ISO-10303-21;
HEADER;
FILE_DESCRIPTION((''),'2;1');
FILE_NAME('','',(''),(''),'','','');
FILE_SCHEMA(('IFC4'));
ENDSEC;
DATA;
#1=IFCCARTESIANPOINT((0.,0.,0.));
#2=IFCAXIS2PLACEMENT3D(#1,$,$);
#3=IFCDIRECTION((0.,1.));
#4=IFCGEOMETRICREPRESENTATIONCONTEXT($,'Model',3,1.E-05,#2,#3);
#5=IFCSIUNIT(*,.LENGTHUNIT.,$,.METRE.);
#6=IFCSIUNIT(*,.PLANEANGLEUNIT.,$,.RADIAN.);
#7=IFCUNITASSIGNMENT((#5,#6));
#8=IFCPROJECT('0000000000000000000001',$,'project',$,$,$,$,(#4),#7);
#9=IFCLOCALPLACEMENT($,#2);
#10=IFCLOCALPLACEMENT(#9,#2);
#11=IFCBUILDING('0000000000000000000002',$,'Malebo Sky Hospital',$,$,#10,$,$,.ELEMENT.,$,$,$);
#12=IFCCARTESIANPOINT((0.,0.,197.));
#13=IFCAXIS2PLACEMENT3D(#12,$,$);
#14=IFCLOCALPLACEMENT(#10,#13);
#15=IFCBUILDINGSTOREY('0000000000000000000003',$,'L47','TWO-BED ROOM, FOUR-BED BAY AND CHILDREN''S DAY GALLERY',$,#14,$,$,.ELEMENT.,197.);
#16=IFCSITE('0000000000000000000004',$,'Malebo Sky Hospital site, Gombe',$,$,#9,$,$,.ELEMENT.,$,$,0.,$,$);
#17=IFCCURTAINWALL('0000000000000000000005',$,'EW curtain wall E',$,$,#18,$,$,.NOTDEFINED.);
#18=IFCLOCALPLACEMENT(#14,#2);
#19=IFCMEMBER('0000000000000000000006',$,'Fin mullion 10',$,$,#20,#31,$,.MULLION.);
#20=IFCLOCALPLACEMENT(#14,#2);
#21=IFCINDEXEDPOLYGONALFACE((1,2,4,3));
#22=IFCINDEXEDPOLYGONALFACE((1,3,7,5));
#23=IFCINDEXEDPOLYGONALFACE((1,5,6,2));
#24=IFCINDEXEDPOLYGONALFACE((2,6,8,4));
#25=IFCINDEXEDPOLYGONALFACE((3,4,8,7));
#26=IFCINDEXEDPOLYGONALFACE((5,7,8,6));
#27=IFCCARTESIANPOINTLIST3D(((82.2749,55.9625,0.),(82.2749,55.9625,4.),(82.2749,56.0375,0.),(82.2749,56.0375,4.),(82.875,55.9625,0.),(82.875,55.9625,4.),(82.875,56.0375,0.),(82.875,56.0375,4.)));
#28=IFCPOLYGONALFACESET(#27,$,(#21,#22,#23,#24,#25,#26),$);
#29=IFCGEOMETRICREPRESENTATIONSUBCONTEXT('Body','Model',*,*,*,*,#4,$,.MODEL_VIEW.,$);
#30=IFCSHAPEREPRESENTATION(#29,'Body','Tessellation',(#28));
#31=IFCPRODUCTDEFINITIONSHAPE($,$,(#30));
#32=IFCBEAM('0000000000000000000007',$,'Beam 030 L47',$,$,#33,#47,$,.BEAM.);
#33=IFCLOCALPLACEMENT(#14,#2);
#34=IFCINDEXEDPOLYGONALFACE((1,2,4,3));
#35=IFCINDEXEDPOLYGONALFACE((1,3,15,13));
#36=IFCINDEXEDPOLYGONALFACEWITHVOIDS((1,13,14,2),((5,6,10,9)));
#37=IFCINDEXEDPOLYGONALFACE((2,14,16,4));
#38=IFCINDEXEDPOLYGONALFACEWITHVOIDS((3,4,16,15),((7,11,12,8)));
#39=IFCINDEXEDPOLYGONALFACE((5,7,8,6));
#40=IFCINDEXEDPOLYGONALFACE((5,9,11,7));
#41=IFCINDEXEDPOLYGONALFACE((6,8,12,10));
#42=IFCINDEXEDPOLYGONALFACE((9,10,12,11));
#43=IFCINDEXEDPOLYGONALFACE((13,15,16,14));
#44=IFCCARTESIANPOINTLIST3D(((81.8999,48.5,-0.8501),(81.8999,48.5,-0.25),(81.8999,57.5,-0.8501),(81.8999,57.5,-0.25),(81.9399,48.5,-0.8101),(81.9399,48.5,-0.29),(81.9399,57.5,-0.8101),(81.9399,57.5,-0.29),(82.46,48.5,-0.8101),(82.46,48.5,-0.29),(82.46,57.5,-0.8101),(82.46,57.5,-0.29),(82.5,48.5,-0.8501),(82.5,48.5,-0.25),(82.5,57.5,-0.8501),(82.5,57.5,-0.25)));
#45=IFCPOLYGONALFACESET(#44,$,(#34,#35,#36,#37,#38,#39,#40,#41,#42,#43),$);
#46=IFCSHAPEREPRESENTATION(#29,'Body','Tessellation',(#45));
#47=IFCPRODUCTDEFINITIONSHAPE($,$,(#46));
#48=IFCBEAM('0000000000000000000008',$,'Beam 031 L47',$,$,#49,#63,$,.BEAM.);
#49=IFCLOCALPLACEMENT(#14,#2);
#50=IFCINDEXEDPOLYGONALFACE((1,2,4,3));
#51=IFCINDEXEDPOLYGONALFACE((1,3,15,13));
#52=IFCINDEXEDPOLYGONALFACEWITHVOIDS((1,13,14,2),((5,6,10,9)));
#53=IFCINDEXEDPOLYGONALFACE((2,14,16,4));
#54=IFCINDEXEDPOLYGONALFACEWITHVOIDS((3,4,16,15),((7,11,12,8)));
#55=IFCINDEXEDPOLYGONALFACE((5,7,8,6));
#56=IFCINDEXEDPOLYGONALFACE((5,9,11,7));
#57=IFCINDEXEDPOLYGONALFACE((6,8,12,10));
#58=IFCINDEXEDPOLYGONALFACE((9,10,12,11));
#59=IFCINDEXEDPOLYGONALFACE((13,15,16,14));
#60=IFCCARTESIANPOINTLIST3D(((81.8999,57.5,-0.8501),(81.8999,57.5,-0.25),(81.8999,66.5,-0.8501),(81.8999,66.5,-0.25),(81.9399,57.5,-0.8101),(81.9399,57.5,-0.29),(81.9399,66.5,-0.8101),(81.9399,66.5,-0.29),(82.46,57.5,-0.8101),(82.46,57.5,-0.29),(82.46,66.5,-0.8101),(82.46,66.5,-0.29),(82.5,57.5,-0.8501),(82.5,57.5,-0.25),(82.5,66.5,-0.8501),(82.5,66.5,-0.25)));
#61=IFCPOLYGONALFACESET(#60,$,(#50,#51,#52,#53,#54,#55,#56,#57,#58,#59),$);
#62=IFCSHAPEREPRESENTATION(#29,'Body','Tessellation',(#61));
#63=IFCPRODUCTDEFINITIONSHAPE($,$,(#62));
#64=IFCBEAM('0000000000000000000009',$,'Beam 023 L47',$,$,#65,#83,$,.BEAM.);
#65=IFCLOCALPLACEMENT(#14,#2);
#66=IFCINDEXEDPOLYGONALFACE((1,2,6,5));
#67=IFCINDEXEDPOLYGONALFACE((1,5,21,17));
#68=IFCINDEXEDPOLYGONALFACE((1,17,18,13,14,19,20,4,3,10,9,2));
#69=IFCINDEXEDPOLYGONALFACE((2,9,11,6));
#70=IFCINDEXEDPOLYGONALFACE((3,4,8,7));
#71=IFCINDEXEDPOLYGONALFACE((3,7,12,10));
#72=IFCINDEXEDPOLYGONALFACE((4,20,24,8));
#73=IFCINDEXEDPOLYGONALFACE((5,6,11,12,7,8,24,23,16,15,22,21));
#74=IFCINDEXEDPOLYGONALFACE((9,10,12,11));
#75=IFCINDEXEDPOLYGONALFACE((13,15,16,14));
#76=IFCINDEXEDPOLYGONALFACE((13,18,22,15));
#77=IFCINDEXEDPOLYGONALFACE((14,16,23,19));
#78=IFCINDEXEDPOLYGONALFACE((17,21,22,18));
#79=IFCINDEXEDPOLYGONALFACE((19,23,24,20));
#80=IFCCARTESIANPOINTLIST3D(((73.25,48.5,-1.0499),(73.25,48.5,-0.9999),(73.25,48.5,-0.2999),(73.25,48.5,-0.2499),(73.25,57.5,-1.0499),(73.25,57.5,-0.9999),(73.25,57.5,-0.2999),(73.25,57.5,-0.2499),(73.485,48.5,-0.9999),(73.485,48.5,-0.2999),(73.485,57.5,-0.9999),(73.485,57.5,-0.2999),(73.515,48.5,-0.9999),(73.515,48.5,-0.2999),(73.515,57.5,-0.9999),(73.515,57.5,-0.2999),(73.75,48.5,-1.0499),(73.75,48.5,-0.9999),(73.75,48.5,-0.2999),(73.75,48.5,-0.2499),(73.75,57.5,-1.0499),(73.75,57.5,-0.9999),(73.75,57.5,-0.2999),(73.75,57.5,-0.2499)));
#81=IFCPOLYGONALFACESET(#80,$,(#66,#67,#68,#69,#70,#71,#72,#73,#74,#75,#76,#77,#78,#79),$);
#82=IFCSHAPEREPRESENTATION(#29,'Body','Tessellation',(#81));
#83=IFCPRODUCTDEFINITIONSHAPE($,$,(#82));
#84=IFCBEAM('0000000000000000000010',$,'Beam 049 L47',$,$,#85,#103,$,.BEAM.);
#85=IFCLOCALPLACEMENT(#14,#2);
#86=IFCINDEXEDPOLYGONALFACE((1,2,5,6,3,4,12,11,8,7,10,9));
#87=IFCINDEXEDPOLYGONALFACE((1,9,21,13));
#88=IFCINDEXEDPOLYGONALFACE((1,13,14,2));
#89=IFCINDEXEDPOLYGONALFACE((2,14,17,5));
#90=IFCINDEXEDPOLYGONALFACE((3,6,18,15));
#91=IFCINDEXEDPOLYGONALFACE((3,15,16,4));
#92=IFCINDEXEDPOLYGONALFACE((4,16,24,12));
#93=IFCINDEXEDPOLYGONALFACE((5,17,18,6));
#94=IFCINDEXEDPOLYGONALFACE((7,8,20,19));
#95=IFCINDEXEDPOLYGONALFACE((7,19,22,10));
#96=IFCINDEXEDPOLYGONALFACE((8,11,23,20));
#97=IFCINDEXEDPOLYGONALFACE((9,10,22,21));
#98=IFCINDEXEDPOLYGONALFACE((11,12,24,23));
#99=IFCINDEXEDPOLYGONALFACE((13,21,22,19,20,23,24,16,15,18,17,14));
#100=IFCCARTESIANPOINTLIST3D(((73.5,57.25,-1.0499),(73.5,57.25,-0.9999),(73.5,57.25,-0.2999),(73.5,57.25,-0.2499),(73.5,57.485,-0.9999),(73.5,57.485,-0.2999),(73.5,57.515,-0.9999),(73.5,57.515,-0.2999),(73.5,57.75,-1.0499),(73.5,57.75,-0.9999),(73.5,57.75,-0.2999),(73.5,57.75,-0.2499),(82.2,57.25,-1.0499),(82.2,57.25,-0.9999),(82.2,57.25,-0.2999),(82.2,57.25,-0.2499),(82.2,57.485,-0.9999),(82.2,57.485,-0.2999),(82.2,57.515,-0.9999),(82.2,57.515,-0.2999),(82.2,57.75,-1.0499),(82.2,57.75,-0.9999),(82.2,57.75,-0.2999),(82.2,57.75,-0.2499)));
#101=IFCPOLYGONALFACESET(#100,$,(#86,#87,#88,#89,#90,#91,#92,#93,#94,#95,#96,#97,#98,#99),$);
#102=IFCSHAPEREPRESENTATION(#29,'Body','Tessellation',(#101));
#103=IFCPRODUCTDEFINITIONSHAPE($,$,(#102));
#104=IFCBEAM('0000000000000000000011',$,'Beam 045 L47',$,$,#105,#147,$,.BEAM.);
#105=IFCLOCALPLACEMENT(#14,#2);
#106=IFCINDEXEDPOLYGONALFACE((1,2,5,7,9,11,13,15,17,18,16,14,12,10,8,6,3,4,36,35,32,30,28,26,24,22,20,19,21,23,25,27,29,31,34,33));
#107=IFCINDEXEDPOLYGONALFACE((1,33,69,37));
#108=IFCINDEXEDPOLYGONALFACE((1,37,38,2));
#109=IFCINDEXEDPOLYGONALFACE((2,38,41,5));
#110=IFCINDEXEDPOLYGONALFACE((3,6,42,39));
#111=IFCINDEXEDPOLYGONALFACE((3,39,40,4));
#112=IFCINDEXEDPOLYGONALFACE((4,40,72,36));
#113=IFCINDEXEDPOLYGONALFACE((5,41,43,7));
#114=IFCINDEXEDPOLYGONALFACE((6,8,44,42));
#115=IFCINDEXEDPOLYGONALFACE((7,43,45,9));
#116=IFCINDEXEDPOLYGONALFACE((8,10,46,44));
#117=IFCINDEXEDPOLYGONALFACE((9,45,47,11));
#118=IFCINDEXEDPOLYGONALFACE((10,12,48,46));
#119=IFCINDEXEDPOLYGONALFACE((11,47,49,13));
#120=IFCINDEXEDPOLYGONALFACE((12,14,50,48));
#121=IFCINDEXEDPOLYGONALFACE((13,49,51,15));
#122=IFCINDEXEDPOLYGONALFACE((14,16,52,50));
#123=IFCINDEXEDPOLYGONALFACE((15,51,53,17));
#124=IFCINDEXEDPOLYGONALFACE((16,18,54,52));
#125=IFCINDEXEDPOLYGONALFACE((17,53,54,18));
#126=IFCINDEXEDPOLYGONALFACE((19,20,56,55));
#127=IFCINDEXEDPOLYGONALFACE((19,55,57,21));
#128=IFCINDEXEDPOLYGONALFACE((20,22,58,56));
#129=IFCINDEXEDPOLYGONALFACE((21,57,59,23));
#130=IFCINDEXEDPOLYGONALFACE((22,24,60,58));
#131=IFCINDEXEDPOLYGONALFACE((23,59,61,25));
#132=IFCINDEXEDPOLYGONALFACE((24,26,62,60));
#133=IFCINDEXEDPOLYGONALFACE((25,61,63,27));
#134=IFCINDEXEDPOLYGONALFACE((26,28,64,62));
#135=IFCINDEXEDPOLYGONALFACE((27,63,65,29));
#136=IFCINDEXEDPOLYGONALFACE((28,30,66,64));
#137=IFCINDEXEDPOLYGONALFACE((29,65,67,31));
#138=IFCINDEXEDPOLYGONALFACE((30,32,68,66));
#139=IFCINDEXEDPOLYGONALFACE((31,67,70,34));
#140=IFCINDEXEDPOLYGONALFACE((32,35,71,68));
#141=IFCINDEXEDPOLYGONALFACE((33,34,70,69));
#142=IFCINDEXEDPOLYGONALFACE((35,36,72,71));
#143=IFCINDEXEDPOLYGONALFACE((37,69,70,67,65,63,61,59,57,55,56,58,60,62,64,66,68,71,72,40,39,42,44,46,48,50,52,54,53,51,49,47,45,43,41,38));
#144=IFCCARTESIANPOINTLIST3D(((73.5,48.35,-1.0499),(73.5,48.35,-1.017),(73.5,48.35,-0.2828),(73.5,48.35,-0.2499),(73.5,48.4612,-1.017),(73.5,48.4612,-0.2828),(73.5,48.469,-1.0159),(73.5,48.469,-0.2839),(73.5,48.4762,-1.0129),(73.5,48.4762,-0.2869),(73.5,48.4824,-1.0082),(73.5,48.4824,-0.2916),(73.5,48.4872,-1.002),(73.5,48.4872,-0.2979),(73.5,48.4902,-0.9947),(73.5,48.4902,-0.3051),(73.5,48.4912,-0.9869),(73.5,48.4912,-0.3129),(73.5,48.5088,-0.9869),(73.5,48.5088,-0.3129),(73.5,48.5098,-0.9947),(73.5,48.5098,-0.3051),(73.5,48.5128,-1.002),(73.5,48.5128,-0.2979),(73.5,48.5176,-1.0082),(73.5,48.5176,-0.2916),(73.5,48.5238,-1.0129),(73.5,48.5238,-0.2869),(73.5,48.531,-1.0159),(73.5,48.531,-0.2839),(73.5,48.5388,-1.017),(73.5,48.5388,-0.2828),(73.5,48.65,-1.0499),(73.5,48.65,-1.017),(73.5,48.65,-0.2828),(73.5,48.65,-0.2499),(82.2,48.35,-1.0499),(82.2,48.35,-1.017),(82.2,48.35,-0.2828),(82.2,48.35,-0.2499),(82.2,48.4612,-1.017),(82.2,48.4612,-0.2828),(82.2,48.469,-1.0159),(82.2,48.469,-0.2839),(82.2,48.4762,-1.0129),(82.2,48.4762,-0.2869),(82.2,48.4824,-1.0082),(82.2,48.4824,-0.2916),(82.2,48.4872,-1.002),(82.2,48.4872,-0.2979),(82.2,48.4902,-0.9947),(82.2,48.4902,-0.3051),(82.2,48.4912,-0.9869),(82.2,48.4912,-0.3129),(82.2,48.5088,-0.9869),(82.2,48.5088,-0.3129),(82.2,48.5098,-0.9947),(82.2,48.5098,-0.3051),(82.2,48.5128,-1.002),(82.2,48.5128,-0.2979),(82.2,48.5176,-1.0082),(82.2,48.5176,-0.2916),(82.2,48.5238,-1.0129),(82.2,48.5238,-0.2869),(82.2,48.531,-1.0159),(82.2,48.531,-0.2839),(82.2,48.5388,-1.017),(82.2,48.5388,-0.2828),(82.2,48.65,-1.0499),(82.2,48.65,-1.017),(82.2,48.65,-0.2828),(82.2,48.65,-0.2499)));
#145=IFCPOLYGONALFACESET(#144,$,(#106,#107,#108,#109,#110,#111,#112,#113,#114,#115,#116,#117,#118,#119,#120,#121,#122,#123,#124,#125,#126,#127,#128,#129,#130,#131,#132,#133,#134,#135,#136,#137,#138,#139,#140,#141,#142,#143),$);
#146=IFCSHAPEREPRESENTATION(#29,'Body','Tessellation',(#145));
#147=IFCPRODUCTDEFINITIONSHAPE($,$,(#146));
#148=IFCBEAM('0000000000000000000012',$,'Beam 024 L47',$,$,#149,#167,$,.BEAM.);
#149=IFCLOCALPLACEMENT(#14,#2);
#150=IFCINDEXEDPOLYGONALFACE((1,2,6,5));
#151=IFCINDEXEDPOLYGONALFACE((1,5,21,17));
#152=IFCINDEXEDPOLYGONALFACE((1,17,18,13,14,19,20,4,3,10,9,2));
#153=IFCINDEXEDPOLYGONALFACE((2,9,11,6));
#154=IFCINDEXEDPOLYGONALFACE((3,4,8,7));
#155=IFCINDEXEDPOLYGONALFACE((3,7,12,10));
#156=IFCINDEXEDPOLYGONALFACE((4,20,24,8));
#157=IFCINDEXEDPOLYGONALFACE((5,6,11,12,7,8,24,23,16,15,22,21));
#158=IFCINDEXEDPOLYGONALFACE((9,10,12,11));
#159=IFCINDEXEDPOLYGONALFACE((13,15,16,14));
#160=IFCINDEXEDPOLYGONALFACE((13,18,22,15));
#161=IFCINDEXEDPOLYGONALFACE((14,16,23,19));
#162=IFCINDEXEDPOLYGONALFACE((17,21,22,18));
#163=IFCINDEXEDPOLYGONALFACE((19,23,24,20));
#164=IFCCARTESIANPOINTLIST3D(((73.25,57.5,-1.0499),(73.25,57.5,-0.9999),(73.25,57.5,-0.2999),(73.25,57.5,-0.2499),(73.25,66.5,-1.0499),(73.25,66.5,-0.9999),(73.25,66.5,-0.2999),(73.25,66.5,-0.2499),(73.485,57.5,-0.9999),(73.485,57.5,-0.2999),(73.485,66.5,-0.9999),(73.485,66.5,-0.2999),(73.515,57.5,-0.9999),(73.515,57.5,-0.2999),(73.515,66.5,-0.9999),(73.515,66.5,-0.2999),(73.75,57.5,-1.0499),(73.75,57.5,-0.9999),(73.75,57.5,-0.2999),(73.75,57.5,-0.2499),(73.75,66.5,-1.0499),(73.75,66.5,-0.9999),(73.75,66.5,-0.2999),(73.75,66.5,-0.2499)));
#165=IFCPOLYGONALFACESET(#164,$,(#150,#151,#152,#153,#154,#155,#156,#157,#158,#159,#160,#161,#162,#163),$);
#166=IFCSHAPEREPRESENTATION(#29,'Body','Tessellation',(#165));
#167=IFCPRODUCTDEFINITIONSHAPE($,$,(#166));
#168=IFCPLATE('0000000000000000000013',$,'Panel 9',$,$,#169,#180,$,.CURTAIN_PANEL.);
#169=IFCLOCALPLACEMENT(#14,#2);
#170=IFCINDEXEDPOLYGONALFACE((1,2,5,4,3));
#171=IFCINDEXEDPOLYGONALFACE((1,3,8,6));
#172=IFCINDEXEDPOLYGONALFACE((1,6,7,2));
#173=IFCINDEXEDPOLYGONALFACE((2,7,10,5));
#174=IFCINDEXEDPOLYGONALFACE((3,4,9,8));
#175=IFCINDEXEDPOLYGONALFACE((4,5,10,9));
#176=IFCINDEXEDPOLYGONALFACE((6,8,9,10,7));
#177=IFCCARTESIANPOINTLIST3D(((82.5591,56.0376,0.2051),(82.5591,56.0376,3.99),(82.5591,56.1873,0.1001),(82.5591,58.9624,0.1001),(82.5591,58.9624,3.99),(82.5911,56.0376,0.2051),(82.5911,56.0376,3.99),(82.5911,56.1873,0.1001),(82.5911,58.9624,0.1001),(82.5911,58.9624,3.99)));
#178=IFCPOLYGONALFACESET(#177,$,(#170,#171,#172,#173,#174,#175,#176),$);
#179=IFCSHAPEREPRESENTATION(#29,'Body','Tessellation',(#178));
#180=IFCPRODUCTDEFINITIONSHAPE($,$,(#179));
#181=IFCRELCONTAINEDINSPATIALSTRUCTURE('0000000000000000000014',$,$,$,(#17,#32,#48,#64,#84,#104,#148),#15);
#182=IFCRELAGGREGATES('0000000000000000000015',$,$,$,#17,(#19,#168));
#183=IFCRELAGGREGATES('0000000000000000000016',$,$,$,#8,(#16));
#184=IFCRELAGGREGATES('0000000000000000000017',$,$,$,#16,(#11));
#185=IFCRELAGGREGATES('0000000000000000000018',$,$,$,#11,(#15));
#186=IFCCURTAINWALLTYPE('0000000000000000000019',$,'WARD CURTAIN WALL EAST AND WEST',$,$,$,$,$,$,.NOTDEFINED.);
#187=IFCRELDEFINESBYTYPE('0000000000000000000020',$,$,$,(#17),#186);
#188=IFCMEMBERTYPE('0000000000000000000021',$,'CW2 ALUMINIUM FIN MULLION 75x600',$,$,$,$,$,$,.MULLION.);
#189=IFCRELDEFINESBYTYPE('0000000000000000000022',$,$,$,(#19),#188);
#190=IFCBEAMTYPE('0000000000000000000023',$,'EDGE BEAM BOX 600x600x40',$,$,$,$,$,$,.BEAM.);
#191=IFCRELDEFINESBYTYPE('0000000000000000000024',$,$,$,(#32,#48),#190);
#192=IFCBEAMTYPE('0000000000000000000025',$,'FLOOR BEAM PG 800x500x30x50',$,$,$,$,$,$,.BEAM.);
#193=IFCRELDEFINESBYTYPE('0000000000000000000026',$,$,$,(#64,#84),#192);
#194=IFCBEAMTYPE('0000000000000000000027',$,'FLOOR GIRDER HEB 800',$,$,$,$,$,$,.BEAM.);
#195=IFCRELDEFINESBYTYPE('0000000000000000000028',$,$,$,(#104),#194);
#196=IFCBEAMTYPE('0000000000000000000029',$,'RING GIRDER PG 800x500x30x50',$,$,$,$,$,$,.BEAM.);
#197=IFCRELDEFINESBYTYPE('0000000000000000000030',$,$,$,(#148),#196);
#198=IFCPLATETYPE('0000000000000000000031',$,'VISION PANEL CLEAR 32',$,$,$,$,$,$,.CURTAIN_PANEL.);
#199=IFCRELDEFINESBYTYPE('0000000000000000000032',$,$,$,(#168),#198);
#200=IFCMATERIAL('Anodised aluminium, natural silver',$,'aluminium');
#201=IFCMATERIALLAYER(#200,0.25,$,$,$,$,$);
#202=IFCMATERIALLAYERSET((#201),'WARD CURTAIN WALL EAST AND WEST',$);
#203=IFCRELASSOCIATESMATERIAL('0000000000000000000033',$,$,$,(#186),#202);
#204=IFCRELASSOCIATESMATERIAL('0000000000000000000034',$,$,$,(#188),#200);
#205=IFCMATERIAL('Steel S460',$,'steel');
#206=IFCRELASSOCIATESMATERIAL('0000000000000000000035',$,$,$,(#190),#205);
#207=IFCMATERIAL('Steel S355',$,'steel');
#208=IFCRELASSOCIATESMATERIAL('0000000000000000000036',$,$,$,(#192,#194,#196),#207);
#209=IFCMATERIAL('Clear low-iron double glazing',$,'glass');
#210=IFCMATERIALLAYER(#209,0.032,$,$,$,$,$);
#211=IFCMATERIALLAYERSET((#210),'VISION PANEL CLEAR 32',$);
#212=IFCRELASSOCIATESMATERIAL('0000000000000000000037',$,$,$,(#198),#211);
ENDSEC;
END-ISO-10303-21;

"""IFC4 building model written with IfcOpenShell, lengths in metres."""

from ifc_helpers import new_model, si_unit, direction, frame, origin, origin_2d, place, context, subcontext, project, spatial, polyline, rectangle, hollow_rectangle, i_section, outline, extrude, material, layer, layer_set, material_profile, profile_set, type_object, element, aggregate, save


model = new_model("IFC4")

# Units and contexts
model_context = context("Model", 3, precision=1e-05, world=origin(), true_north=direction((0.0, 1.0)))
body_context = subcontext(model_context, "Body", "Model", "MODEL_VIEW")
ifc_project = project(units=[si_unit("LENGTHUNIT", "METRE"), si_unit("PLANEANGLEUNIT", "RADIAN")], contexts=[model_context])

# Site, building, storey
site_placement = place(None, origin())
site = spatial("IfcSite", under=ifc_project, at=site_placement, Name="Malebo Sky Hospital site, Gombe", CompositionType="ELEMENT", RefElevation=0.0)
building_placement = place(site_placement, origin())
building = spatial("IfcBuilding", under=site, at=building_placement, Name="Malebo Sky Hospital", CompositionType="ELEMENT")
storey_placement = place(building_placement, frame((0.0, 0.0, 197.0)))
storey = spatial("IfcBuildingStorey", under=building, at=storey_placement, Name="L47", Description="TWO-BED ROOM, FOUR-BED BAY AND CHILDREN'S DAY GALLERY", CompositionType="ELEMENT", Elevation=197.0)

# Shared definitions
ifc_material_1 = material(Name="Steel S460", Category="steel")

# Curtain wall
ifc_material_2 = material(Name="Anodised aluminium, natural silver", Category="aluminium")
ifc_layer_1 = layer(ifc_material_2, 0.25)
ifc_layer_set_1 = layer_set([ifc_layer_1], Name="WARD CURTAIN WALL EAST AND WEST")
curtain_wall_type = type_object("IfcCurtainWallType", Name="WARD CURTAIN WALL EAST AND WEST", PredefinedType="NOTDEFINED", material=ifc_layer_set_1)
curtain_wall_placement = place(storey_placement, origin())
curtain_wall = element("IfcCurtainWall", 1, at=curtain_wall_placement, inside=storey, type_object=curtain_wall_type, Name="EW curtain wall E", PredefinedType="NOTDEFINED")

# Member
ifc_material_3 = material(Name="Steel S355", Category="steel")
ifc_material_profile_1 = material_profile(ifc_material_2, rectangle(XDim=0.075, YDim=0.6001, at=origin_2d()), Name="CW2 ALUMINIUM FIN MULLION 75x600")
ifc_profile_set_1 = profile_set([ifc_material_profile_1], Name="Anodised aluminium, natural silver")
member_type_1 = type_object("IfcMemberType", Name="CW2 ALUMINIUM FIN MULLION 75x600", PredefinedType="MULLION", material=ifc_profile_set_1)
member_1_placement = place(storey_placement, frame((82.575, 56.0, 0.0), z_axis=(0.0, 0.0, 1.0), x_axis=(0.0, -1.0, 0.0)))
member_1 = element("IfcMember", 2, at=member_1_placement, type_object=member_type_1, Name="Fin mullion 10", PredefinedType="MULLION", context=body_context, shape_type="SweptSolid", body=[
    extrude(rectangle(XDim=0.075, YDim=0.6001, at=origin_2d()), origin(), (0.0, 0.0, 1.0), 4.0),
])

# Beams
ifc_material_profile_2 = material_profile(ifc_material_1, hollow_rectangle(XDim=0.6001, YDim=0.6001, WallThickness=0.04, at=origin_2d()), Name="BOX 600x600x40")
ifc_profile_set_2 = profile_set([ifc_material_profile_2], Name="Steel S460")
beam_type_1 = type_object("IfcBeamType", Name="EDGE BEAM BOX 600x600x40", PredefinedType="BEAM", material=ifc_profile_set_2)
for number, where, z_axis, x_axis, name in (
    (3, (82.2, 48.5, -0.55), (0.0, 1.0, 0.0), (-1.0, 0.0, 0.0), "Beam 030 L47"),
    (4, (82.2, 57.5, -0.55), (0.0, 1.0, 0.0), (-1.0, 0.0, 0.0), "Beam 031 L47"),
):
    element("IfcBeam", number, at=place(storey_placement, frame(where, z_axis=z_axis, x_axis=x_axis)), inside=storey, type_object=beam_type_1, Name=name, PredefinedType="BEAM", context=body_context, shape_type="SweptSolid", body=[
        extrude(hollow_rectangle(XDim=0.6001, YDim=0.6001, WallThickness=0.04, at=origin_2d()), origin(), (0.0, 0.0, 1.0), 9.0),
    ])
ifc_material_profile_3 = material_profile(ifc_material_3, i_section(OverallWidth=0.5, OverallDepth=0.8, WebThickness=0.03, FlangeThickness=0.05, at=origin_2d()), Name="PG 800x500x30x50")
ifc_profile_set_3 = profile_set([ifc_material_profile_3], Name="Steel S355")
beam_type_2 = type_object("IfcBeamType", Name="FLOOR BEAM PG 800x500x30x50", PredefinedType="BEAM", material=ifc_profile_set_3)
beam_1_placement = place(storey_placement, frame((73.5, 48.5, -0.6499), z_axis=(0.0, 1.0, 0.0), x_axis=(-1.0, 0.0, 0.0)))
element("IfcBeam", 5, at=beam_1_placement, inside=storey, type_object=beam_type_2, Name="Beam 023 L47", PredefinedType="BEAM", context=body_context, shape_type="SweptSolid", body=[
    extrude(i_section(OverallWidth=0.5, OverallDepth=0.8, WebThickness=0.03, FlangeThickness=0.05, at=origin_2d()), origin(), (0.0, 0.0, 1.0), 9.0),
])
beam_2_placement = place(storey_placement, frame((73.5, 57.5, -0.6499), z_axis=(1.0, 0.0, 0.0), x_axis=(0.0, 1.0, 0.0)))
element("IfcBeam", 6, at=beam_2_placement, inside=storey, type_object=beam_type_2, Name="Beam 049 L47", PredefinedType="BEAM", context=body_context, shape_type="SweptSolid", body=[
    extrude(i_section(OverallWidth=0.5, OverallDepth=0.8, WebThickness=0.03, FlangeThickness=0.05, at=origin_2d()), origin(), (0.0, 0.0, 1.0), 8.7),
])
ifc_material_profile_4 = material_profile(ifc_material_3, i_section(OverallWidth=0.3, OverallDepth=0.8, WebThickness=0.0176, FlangeThickness=0.033, FilletRadius=0.03, at=origin_2d()), Name="HEB 800")
ifc_profile_set_4 = profile_set([ifc_material_profile_4], Name="Steel S355")
beam_type_3 = type_object("IfcBeamType", Name="FLOOR GIRDER HEB 800", PredefinedType="BEAM", material=ifc_profile_set_4)
beam_3_placement = place(storey_placement, frame((73.5, 48.5, -0.6499), z_axis=(1.0, 0.0, 0.0), x_axis=(0.0, 1.0, 0.0)))
element("IfcBeam", 7, at=beam_3_placement, inside=storey, type_object=beam_type_3, Name="Beam 045 L47", PredefinedType="BEAM", context=body_context, shape_type="SweptSolid", body=[
    extrude(i_section(OverallWidth=0.3, OverallDepth=0.8, WebThickness=0.0176, FlangeThickness=0.033, FilletRadius=0.03, at=origin_2d()), origin(), (0.0, 0.0, 1.0), 8.7),
])
ifc_material_profile_5 = material_profile(ifc_material_3, i_section(OverallWidth=0.5, OverallDepth=0.8, WebThickness=0.03, FlangeThickness=0.05, at=origin_2d()), Name="PG 800x500x30x50")
ifc_profile_set_5 = profile_set([ifc_material_profile_5], Name="Steel S355")
beam_type_4 = type_object("IfcBeamType", Name="RING GIRDER PG 800x500x30x50", PredefinedType="BEAM", material=ifc_profile_set_5)
beam_4_placement = place(storey_placement, frame((73.5, 57.5, -0.6499), z_axis=(0.0, 1.0, 0.0), x_axis=(-1.0, 0.0, 0.0)))
element("IfcBeam", 8, at=beam_4_placement, inside=storey, type_object=beam_type_4, Name="Beam 024 L47", PredefinedType="BEAM", context=body_context, shape_type="SweptSolid", body=[
    extrude(i_section(OverallWidth=0.5, OverallDepth=0.8, WebThickness=0.03, FlangeThickness=0.05, at=origin_2d()), origin(), (0.0, 0.0, 1.0), 9.0),
])

# Plate
ifc_material_4 = material(Name="Clear low-iron double glazing", Category="glass")
ifc_layer_2 = layer(ifc_material_4, 0.032)
ifc_layer_set_2 = layer_set([ifc_layer_2], Name="VISION PANEL CLEAR 32")
plate_type = type_object("IfcPlateType", Name="VISION PANEL CLEAR 32", PredefinedType="CURTAIN_PANEL", material=ifc_layer_set_2)
plate_1_placement = place(storey_placement, frame((82.575, 57.5, 0.1001), z_axis=(0.0, 0.0, 1.0), x_axis=(0.0, -1.0, 0.0)))
plate_1 = element("IfcPlate", 9, at=plate_1_placement, type_object=plate_type, Name="Panel 9", PredefinedType="CURTAIN_PANEL", context=body_context, shape_type="SweptSolid", body=[
    extrude(outline(polyline([(-1.4624, 0.0), (1.3127, 0.0), (1.4624, 0.105), (1.4624, 3.8899), (-1.4624, 3.8899), (-1.4624, 0.0)])), frame((0.0, 0.0161, 0.0), z_axis=(0.0, -1.0, 0.0), x_axis=(1.0, 0.0, 0.0)), (0.0, 0.0, 1.0), 0.032),
])
aggregate(curtain_wall, [member_1, plate_1])

save(model, "model.ifc")
